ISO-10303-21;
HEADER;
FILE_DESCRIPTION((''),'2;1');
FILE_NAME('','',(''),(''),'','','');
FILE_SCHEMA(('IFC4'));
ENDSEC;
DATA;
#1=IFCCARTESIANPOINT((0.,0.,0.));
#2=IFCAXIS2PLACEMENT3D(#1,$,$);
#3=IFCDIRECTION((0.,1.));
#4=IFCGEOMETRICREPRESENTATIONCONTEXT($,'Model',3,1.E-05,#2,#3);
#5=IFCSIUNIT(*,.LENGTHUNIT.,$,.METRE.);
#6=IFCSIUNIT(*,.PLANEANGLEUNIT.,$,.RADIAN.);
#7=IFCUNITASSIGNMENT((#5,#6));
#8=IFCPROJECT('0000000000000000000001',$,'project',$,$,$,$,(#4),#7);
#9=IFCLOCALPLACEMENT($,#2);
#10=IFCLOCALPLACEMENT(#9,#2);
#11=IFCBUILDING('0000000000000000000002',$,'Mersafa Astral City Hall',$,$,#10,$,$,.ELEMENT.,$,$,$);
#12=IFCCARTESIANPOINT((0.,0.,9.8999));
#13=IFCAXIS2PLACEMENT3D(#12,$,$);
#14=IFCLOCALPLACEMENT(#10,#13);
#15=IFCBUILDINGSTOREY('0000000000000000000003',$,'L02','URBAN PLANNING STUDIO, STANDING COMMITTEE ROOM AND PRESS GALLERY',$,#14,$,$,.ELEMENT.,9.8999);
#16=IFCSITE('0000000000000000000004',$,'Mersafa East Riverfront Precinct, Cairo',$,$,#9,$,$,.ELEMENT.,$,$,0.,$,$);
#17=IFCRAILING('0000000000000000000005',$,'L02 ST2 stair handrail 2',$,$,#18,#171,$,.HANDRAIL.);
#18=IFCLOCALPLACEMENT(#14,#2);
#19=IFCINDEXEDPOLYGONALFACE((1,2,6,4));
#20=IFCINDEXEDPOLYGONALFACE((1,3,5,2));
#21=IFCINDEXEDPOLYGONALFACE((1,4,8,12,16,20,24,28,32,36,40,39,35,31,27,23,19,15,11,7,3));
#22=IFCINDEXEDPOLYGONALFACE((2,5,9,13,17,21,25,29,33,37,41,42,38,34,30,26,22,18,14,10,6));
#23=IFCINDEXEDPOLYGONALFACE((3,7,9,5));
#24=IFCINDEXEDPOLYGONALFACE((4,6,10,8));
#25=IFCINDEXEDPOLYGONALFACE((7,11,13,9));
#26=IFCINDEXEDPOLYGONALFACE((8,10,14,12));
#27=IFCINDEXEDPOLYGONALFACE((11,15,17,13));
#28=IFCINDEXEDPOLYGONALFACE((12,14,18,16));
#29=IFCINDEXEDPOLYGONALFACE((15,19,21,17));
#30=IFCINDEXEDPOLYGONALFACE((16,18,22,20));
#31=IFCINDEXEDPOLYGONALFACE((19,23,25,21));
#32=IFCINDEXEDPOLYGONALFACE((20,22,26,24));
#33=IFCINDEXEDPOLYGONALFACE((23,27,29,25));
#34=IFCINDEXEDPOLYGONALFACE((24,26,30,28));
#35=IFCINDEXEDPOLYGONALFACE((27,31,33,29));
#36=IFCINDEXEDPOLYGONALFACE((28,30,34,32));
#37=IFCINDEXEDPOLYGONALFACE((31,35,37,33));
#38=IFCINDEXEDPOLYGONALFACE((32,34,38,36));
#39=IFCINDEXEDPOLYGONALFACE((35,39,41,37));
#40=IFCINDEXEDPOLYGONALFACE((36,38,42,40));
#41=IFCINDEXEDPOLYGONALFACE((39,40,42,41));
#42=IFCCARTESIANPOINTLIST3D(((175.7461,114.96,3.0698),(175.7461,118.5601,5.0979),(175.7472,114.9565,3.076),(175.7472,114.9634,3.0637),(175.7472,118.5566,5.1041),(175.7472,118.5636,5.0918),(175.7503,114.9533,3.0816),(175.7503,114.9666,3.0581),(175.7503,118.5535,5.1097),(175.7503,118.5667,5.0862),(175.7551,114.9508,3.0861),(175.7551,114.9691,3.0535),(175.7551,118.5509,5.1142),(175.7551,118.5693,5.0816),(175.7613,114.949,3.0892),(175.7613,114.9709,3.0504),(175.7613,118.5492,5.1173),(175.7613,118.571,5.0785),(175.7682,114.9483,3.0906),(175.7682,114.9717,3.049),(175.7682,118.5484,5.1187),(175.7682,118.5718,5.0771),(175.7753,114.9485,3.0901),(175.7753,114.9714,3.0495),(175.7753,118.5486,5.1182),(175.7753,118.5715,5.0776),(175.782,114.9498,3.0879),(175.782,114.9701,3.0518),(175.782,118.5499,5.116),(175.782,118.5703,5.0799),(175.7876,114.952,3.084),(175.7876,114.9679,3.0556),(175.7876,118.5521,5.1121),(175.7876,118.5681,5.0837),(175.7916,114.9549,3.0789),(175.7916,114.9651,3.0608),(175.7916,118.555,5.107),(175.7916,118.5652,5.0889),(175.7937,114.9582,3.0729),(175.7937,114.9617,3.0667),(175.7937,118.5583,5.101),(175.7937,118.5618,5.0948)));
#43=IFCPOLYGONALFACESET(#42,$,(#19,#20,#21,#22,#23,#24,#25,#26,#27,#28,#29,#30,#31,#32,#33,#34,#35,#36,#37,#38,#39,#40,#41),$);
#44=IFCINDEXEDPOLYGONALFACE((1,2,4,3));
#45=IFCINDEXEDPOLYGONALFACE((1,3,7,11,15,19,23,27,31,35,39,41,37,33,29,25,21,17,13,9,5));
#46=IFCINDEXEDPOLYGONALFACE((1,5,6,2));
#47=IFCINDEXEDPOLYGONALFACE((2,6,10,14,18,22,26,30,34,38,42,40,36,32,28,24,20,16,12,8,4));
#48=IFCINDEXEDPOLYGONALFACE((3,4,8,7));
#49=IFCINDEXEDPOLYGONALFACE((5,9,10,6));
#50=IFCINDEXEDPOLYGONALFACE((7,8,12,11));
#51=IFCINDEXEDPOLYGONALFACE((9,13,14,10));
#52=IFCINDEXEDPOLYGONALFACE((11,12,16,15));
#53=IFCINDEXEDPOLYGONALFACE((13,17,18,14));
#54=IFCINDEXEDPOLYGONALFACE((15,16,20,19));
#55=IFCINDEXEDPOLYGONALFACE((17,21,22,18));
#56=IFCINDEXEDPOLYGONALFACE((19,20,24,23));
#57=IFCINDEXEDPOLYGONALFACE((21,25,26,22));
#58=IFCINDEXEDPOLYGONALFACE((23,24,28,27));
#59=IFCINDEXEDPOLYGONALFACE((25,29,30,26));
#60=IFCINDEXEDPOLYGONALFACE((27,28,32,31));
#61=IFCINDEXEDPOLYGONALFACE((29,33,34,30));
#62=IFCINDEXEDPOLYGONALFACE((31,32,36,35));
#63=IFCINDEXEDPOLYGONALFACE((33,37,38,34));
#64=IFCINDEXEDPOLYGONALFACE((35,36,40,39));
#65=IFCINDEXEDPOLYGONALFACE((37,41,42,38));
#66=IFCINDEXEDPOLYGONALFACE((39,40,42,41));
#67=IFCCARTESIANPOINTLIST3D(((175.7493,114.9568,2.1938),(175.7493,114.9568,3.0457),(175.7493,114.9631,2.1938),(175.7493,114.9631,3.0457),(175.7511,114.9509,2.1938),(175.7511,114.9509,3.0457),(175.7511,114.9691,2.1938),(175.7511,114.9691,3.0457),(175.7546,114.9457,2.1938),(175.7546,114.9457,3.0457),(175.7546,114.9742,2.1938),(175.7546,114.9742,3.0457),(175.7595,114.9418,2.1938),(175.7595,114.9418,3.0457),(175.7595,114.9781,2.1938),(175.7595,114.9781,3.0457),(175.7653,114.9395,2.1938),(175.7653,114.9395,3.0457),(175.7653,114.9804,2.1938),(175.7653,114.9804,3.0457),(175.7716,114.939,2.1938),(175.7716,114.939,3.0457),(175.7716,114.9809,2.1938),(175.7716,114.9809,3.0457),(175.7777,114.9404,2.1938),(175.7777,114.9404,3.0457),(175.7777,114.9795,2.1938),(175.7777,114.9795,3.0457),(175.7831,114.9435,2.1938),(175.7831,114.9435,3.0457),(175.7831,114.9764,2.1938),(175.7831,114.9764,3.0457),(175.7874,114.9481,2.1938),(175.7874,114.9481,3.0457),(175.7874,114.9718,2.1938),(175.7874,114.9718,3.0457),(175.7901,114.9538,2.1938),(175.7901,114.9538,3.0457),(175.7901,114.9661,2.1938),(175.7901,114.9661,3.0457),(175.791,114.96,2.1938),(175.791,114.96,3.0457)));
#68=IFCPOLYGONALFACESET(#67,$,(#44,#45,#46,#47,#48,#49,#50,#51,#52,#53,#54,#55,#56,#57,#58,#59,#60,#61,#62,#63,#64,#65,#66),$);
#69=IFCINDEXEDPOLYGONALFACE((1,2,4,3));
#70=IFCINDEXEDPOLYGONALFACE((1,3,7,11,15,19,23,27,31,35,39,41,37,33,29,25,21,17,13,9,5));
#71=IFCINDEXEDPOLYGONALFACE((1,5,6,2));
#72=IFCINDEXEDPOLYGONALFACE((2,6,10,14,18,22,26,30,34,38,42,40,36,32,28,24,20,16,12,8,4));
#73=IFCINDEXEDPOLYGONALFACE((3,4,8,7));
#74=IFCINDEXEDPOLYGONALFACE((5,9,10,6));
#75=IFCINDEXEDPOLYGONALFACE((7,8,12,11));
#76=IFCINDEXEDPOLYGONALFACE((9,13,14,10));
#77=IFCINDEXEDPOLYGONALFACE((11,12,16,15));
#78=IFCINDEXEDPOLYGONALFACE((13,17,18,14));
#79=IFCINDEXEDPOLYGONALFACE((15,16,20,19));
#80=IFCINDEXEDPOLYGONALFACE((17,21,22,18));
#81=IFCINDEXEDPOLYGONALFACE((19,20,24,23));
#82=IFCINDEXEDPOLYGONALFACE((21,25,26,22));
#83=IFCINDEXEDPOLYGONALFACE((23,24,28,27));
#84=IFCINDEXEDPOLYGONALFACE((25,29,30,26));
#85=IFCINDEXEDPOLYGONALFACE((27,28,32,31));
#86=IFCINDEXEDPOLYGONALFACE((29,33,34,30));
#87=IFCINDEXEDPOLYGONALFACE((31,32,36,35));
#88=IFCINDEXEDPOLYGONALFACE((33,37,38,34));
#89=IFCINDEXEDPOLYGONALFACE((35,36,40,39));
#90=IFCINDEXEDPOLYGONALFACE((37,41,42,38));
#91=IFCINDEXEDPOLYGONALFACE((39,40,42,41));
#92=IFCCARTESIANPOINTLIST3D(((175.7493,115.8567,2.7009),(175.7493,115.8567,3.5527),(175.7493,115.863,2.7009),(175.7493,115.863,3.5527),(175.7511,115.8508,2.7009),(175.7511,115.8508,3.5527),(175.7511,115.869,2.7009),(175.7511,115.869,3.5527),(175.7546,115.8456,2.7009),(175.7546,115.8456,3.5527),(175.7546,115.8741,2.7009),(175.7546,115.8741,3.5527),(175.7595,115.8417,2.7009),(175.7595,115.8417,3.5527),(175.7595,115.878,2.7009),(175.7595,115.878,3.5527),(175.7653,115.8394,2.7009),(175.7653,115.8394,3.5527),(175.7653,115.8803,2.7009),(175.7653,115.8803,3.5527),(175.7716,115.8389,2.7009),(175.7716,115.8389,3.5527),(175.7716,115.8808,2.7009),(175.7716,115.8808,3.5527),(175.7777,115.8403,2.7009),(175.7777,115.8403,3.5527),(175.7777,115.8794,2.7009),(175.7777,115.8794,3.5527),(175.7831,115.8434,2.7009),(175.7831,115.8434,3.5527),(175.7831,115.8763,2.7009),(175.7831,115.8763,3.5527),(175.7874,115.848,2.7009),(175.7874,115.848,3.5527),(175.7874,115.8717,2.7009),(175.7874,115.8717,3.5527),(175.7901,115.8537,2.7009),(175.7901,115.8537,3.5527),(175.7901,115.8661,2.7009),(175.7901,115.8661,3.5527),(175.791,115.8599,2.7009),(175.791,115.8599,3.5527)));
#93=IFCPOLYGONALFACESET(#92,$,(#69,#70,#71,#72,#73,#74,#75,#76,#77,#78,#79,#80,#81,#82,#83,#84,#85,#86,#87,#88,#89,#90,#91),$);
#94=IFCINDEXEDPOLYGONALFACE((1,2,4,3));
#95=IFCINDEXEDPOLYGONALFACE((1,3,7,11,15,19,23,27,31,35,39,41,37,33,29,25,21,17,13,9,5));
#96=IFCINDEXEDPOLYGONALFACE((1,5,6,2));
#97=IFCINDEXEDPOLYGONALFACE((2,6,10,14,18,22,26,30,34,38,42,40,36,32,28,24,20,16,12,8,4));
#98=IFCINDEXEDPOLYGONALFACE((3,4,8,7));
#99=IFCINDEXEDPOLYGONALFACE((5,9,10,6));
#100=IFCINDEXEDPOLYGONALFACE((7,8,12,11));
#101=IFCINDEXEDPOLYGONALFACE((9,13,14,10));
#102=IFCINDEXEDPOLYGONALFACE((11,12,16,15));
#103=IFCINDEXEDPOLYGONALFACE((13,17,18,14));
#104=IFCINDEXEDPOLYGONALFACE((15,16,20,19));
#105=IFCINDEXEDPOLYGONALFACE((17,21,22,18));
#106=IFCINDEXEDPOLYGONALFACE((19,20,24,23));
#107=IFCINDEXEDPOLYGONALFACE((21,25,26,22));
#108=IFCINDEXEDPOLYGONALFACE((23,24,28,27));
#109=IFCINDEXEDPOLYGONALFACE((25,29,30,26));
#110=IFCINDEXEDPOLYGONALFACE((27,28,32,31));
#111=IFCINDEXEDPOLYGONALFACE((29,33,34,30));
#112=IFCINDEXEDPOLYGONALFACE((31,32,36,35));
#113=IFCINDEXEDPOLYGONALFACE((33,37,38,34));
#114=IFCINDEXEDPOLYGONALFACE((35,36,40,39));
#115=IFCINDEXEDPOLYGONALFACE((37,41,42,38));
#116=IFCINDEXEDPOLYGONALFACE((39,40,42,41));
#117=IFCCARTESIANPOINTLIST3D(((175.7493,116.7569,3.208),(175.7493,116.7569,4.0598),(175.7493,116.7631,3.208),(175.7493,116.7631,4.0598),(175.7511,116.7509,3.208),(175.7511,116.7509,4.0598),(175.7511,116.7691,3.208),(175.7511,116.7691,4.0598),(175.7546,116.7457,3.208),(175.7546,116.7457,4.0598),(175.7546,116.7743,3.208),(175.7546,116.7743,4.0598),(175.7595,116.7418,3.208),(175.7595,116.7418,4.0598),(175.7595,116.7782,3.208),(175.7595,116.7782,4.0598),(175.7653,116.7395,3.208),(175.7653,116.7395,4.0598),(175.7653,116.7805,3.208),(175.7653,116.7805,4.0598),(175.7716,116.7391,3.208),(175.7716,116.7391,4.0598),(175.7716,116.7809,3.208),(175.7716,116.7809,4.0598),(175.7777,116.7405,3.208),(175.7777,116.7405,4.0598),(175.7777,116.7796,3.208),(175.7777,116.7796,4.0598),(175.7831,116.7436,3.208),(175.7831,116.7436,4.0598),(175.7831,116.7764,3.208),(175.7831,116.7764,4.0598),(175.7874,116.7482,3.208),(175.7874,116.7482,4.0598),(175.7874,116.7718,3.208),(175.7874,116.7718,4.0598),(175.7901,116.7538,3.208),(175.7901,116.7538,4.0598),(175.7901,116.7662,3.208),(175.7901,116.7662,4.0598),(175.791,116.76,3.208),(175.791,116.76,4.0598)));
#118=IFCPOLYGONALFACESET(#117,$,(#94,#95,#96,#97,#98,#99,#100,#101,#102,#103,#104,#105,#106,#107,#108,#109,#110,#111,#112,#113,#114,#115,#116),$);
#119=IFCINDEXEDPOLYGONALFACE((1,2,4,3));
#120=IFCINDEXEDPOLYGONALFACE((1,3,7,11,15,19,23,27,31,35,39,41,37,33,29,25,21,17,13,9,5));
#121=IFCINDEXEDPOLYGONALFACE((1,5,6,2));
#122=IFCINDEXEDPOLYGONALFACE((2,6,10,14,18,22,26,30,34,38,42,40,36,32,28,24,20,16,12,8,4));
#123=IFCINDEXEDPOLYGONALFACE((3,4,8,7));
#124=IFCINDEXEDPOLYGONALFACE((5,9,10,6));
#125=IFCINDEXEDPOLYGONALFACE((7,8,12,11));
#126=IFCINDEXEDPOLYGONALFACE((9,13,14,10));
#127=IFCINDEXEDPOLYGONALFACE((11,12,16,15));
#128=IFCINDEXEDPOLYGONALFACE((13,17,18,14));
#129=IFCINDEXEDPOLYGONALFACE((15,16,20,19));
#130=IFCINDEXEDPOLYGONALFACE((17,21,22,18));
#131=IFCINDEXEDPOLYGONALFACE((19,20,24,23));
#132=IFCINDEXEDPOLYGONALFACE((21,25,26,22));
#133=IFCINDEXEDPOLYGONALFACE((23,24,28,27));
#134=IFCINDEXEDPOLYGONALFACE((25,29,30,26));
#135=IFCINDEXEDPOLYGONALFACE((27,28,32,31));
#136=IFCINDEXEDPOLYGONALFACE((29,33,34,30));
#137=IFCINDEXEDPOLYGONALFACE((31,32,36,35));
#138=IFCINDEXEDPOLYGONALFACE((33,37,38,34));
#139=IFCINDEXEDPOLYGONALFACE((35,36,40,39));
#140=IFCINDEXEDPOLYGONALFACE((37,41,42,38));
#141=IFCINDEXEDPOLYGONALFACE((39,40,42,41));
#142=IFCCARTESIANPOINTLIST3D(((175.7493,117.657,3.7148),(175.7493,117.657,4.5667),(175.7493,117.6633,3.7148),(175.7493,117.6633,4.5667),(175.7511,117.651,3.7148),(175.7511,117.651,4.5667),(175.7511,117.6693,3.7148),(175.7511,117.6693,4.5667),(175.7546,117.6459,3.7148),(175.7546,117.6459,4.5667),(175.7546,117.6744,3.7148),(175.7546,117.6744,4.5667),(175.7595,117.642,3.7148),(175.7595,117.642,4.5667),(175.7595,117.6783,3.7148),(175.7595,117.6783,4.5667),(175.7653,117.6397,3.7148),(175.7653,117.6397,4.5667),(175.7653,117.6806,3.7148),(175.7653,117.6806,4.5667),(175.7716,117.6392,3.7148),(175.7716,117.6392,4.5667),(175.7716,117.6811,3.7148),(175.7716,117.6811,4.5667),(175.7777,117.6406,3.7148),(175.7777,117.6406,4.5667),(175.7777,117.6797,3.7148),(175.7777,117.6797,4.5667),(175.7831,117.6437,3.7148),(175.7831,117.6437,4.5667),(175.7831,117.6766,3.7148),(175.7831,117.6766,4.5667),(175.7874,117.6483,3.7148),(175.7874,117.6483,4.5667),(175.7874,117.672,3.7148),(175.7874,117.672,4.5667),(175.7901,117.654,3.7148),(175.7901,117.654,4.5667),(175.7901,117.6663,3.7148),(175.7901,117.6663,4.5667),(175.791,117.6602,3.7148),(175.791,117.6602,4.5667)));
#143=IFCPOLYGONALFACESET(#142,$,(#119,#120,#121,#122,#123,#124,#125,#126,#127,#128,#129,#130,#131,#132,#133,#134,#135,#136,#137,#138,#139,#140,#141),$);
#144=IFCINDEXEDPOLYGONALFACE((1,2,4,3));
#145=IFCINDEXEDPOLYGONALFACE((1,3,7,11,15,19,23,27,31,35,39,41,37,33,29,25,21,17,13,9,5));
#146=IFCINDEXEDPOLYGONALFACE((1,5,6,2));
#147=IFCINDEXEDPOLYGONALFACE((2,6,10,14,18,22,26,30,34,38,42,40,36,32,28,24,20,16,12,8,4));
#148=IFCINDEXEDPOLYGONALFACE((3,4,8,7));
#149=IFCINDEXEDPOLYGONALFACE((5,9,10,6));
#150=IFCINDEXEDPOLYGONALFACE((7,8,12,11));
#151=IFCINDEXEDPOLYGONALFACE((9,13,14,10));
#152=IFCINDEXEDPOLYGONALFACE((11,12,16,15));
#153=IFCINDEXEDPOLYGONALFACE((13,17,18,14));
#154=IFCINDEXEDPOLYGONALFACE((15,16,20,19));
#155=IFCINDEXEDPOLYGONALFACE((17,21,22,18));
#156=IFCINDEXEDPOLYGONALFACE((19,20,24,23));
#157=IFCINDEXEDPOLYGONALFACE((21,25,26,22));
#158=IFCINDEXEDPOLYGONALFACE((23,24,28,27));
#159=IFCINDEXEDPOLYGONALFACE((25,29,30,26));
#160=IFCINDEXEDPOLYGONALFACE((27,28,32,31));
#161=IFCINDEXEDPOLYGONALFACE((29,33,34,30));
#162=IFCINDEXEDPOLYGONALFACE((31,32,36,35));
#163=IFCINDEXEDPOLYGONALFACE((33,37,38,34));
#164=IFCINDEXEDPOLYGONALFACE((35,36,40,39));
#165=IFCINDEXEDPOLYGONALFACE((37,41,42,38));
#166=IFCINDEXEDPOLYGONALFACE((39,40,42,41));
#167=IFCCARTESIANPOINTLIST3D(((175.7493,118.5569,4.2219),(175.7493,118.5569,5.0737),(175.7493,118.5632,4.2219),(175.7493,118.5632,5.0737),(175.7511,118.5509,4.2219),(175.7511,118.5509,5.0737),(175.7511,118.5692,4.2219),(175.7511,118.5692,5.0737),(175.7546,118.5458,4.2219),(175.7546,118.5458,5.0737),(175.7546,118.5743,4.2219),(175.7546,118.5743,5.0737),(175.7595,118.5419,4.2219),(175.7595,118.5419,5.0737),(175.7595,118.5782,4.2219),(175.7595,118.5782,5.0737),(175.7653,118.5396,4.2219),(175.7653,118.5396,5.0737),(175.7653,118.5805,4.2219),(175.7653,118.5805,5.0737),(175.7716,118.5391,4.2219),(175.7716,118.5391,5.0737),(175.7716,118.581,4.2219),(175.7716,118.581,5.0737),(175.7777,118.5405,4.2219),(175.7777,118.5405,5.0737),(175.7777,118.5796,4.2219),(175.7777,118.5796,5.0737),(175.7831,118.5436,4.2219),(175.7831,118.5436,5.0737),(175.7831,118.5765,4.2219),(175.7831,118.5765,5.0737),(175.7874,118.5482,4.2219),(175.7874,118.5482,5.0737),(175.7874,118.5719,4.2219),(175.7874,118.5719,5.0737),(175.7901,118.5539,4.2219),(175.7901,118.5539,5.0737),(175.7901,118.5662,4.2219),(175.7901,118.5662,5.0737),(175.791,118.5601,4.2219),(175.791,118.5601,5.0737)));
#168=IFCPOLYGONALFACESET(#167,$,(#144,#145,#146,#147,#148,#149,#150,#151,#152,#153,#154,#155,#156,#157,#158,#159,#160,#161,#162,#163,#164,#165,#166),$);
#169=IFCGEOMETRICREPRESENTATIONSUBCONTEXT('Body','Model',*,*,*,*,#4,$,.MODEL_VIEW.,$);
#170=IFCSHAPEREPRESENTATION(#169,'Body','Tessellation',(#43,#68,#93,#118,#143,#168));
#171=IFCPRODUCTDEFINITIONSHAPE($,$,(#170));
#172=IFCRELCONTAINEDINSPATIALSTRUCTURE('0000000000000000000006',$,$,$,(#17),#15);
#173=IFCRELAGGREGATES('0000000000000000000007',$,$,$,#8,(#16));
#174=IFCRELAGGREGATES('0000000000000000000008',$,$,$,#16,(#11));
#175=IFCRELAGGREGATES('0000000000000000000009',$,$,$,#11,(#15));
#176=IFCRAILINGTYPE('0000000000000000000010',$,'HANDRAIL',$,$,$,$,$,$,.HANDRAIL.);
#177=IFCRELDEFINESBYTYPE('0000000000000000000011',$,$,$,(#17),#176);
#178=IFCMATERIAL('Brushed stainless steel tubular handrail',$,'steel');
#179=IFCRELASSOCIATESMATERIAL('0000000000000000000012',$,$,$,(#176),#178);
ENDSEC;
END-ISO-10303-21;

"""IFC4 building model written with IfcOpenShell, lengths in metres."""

from ifc_helpers import new_model, si_unit, direction, frame, origin, origin_2d, place, context, subcontext, project, spatial, circle, extrude, material, type_object, element, save


model = new_model("IFC4")

# Units and contexts
model_context = context("Model", 3, precision=1e-05, world=origin(), true_north=direction((0.0, 1.0)))
body_context = subcontext(model_context, "Body", "Model", "MODEL_VIEW")
ifc_project = project(units=[si_unit("LENGTHUNIT", "METRE"), si_unit("PLANEANGLEUNIT", "RADIAN")], contexts=[model_context])

# Site, building, storey
site_placement = place(None, origin())
site = spatial("IfcSite", under=ifc_project, at=site_placement, Name="Mersafa East Riverfront Precinct, Cairo", CompositionType="ELEMENT", RefElevation=0.0)
building_placement = place(site_placement, origin())
building = spatial("IfcBuilding", under=site, at=building_placement, Name="Mersafa Astral City Hall", CompositionType="ELEMENT")
storey_placement = place(building_placement, frame((0.0, 0.0, 9.8999)))
storey = spatial("IfcBuildingStorey", under=building, at=storey_placement, Name="L02", Description="URBAN PLANNING STUDIO, STANDING COMMITTEE ROOM AND PRESS GALLERY", CompositionType="ELEMENT", Elevation=9.8999)

# Railing
ifc_material_1 = material(Name="Brushed stainless steel tubular handrail", Category="steel")
railing_type_1 = type_object("IfcRailingType", Name="HANDRAIL", PredefinedType="HANDRAIL", material=ifc_material_1)
railing_1_placement = place(storey_placement, frame((175.77, 114.96, 2.1938)))
element("IfcRailing", 1, at=railing_1_placement, inside=storey, type_object=railing_type_1, Name="L02 ST2 stair handrail 2", PredefinedType="HANDRAIL", context=body_context, shape_type="SweptSolid", body=[
    extrude(circle(Radius=0.0239, at=origin_2d()), frame((0.0, 0.0, 0.876), z_axis=(0.0, 0.871263, 0.490817), x_axis=(-1.0, 0.0, 0.0)), (0.0, 0.0, 1.0), 4.1321),
    extrude(circle(Radius=0.021, at=origin_2d()), origin(), (0.0, 0.0, 1.0), 0.8518),
    extrude(circle(Radius=0.021, at=origin_2d()), frame((0.0, 0.8999, 0.5071)), (0.0, 0.0, 1.0), 0.8518),
    extrude(circle(Radius=0.021, at=origin_2d()), frame((0.0, 1.8, 1.0142)), (0.0, 0.0, 1.0), 0.8518),
    extrude(circle(Radius=0.021, at=origin_2d()), frame((0.0, 2.7002, 1.521)), (0.0, 0.0, 1.0), 0.8518),
    extrude(circle(Radius=0.021, at=origin_2d()), frame((0.0, 3.6001, 2.0281)), (0.0, 0.0, 1.0), 0.8518),
])

save(model, "model.ifc")
